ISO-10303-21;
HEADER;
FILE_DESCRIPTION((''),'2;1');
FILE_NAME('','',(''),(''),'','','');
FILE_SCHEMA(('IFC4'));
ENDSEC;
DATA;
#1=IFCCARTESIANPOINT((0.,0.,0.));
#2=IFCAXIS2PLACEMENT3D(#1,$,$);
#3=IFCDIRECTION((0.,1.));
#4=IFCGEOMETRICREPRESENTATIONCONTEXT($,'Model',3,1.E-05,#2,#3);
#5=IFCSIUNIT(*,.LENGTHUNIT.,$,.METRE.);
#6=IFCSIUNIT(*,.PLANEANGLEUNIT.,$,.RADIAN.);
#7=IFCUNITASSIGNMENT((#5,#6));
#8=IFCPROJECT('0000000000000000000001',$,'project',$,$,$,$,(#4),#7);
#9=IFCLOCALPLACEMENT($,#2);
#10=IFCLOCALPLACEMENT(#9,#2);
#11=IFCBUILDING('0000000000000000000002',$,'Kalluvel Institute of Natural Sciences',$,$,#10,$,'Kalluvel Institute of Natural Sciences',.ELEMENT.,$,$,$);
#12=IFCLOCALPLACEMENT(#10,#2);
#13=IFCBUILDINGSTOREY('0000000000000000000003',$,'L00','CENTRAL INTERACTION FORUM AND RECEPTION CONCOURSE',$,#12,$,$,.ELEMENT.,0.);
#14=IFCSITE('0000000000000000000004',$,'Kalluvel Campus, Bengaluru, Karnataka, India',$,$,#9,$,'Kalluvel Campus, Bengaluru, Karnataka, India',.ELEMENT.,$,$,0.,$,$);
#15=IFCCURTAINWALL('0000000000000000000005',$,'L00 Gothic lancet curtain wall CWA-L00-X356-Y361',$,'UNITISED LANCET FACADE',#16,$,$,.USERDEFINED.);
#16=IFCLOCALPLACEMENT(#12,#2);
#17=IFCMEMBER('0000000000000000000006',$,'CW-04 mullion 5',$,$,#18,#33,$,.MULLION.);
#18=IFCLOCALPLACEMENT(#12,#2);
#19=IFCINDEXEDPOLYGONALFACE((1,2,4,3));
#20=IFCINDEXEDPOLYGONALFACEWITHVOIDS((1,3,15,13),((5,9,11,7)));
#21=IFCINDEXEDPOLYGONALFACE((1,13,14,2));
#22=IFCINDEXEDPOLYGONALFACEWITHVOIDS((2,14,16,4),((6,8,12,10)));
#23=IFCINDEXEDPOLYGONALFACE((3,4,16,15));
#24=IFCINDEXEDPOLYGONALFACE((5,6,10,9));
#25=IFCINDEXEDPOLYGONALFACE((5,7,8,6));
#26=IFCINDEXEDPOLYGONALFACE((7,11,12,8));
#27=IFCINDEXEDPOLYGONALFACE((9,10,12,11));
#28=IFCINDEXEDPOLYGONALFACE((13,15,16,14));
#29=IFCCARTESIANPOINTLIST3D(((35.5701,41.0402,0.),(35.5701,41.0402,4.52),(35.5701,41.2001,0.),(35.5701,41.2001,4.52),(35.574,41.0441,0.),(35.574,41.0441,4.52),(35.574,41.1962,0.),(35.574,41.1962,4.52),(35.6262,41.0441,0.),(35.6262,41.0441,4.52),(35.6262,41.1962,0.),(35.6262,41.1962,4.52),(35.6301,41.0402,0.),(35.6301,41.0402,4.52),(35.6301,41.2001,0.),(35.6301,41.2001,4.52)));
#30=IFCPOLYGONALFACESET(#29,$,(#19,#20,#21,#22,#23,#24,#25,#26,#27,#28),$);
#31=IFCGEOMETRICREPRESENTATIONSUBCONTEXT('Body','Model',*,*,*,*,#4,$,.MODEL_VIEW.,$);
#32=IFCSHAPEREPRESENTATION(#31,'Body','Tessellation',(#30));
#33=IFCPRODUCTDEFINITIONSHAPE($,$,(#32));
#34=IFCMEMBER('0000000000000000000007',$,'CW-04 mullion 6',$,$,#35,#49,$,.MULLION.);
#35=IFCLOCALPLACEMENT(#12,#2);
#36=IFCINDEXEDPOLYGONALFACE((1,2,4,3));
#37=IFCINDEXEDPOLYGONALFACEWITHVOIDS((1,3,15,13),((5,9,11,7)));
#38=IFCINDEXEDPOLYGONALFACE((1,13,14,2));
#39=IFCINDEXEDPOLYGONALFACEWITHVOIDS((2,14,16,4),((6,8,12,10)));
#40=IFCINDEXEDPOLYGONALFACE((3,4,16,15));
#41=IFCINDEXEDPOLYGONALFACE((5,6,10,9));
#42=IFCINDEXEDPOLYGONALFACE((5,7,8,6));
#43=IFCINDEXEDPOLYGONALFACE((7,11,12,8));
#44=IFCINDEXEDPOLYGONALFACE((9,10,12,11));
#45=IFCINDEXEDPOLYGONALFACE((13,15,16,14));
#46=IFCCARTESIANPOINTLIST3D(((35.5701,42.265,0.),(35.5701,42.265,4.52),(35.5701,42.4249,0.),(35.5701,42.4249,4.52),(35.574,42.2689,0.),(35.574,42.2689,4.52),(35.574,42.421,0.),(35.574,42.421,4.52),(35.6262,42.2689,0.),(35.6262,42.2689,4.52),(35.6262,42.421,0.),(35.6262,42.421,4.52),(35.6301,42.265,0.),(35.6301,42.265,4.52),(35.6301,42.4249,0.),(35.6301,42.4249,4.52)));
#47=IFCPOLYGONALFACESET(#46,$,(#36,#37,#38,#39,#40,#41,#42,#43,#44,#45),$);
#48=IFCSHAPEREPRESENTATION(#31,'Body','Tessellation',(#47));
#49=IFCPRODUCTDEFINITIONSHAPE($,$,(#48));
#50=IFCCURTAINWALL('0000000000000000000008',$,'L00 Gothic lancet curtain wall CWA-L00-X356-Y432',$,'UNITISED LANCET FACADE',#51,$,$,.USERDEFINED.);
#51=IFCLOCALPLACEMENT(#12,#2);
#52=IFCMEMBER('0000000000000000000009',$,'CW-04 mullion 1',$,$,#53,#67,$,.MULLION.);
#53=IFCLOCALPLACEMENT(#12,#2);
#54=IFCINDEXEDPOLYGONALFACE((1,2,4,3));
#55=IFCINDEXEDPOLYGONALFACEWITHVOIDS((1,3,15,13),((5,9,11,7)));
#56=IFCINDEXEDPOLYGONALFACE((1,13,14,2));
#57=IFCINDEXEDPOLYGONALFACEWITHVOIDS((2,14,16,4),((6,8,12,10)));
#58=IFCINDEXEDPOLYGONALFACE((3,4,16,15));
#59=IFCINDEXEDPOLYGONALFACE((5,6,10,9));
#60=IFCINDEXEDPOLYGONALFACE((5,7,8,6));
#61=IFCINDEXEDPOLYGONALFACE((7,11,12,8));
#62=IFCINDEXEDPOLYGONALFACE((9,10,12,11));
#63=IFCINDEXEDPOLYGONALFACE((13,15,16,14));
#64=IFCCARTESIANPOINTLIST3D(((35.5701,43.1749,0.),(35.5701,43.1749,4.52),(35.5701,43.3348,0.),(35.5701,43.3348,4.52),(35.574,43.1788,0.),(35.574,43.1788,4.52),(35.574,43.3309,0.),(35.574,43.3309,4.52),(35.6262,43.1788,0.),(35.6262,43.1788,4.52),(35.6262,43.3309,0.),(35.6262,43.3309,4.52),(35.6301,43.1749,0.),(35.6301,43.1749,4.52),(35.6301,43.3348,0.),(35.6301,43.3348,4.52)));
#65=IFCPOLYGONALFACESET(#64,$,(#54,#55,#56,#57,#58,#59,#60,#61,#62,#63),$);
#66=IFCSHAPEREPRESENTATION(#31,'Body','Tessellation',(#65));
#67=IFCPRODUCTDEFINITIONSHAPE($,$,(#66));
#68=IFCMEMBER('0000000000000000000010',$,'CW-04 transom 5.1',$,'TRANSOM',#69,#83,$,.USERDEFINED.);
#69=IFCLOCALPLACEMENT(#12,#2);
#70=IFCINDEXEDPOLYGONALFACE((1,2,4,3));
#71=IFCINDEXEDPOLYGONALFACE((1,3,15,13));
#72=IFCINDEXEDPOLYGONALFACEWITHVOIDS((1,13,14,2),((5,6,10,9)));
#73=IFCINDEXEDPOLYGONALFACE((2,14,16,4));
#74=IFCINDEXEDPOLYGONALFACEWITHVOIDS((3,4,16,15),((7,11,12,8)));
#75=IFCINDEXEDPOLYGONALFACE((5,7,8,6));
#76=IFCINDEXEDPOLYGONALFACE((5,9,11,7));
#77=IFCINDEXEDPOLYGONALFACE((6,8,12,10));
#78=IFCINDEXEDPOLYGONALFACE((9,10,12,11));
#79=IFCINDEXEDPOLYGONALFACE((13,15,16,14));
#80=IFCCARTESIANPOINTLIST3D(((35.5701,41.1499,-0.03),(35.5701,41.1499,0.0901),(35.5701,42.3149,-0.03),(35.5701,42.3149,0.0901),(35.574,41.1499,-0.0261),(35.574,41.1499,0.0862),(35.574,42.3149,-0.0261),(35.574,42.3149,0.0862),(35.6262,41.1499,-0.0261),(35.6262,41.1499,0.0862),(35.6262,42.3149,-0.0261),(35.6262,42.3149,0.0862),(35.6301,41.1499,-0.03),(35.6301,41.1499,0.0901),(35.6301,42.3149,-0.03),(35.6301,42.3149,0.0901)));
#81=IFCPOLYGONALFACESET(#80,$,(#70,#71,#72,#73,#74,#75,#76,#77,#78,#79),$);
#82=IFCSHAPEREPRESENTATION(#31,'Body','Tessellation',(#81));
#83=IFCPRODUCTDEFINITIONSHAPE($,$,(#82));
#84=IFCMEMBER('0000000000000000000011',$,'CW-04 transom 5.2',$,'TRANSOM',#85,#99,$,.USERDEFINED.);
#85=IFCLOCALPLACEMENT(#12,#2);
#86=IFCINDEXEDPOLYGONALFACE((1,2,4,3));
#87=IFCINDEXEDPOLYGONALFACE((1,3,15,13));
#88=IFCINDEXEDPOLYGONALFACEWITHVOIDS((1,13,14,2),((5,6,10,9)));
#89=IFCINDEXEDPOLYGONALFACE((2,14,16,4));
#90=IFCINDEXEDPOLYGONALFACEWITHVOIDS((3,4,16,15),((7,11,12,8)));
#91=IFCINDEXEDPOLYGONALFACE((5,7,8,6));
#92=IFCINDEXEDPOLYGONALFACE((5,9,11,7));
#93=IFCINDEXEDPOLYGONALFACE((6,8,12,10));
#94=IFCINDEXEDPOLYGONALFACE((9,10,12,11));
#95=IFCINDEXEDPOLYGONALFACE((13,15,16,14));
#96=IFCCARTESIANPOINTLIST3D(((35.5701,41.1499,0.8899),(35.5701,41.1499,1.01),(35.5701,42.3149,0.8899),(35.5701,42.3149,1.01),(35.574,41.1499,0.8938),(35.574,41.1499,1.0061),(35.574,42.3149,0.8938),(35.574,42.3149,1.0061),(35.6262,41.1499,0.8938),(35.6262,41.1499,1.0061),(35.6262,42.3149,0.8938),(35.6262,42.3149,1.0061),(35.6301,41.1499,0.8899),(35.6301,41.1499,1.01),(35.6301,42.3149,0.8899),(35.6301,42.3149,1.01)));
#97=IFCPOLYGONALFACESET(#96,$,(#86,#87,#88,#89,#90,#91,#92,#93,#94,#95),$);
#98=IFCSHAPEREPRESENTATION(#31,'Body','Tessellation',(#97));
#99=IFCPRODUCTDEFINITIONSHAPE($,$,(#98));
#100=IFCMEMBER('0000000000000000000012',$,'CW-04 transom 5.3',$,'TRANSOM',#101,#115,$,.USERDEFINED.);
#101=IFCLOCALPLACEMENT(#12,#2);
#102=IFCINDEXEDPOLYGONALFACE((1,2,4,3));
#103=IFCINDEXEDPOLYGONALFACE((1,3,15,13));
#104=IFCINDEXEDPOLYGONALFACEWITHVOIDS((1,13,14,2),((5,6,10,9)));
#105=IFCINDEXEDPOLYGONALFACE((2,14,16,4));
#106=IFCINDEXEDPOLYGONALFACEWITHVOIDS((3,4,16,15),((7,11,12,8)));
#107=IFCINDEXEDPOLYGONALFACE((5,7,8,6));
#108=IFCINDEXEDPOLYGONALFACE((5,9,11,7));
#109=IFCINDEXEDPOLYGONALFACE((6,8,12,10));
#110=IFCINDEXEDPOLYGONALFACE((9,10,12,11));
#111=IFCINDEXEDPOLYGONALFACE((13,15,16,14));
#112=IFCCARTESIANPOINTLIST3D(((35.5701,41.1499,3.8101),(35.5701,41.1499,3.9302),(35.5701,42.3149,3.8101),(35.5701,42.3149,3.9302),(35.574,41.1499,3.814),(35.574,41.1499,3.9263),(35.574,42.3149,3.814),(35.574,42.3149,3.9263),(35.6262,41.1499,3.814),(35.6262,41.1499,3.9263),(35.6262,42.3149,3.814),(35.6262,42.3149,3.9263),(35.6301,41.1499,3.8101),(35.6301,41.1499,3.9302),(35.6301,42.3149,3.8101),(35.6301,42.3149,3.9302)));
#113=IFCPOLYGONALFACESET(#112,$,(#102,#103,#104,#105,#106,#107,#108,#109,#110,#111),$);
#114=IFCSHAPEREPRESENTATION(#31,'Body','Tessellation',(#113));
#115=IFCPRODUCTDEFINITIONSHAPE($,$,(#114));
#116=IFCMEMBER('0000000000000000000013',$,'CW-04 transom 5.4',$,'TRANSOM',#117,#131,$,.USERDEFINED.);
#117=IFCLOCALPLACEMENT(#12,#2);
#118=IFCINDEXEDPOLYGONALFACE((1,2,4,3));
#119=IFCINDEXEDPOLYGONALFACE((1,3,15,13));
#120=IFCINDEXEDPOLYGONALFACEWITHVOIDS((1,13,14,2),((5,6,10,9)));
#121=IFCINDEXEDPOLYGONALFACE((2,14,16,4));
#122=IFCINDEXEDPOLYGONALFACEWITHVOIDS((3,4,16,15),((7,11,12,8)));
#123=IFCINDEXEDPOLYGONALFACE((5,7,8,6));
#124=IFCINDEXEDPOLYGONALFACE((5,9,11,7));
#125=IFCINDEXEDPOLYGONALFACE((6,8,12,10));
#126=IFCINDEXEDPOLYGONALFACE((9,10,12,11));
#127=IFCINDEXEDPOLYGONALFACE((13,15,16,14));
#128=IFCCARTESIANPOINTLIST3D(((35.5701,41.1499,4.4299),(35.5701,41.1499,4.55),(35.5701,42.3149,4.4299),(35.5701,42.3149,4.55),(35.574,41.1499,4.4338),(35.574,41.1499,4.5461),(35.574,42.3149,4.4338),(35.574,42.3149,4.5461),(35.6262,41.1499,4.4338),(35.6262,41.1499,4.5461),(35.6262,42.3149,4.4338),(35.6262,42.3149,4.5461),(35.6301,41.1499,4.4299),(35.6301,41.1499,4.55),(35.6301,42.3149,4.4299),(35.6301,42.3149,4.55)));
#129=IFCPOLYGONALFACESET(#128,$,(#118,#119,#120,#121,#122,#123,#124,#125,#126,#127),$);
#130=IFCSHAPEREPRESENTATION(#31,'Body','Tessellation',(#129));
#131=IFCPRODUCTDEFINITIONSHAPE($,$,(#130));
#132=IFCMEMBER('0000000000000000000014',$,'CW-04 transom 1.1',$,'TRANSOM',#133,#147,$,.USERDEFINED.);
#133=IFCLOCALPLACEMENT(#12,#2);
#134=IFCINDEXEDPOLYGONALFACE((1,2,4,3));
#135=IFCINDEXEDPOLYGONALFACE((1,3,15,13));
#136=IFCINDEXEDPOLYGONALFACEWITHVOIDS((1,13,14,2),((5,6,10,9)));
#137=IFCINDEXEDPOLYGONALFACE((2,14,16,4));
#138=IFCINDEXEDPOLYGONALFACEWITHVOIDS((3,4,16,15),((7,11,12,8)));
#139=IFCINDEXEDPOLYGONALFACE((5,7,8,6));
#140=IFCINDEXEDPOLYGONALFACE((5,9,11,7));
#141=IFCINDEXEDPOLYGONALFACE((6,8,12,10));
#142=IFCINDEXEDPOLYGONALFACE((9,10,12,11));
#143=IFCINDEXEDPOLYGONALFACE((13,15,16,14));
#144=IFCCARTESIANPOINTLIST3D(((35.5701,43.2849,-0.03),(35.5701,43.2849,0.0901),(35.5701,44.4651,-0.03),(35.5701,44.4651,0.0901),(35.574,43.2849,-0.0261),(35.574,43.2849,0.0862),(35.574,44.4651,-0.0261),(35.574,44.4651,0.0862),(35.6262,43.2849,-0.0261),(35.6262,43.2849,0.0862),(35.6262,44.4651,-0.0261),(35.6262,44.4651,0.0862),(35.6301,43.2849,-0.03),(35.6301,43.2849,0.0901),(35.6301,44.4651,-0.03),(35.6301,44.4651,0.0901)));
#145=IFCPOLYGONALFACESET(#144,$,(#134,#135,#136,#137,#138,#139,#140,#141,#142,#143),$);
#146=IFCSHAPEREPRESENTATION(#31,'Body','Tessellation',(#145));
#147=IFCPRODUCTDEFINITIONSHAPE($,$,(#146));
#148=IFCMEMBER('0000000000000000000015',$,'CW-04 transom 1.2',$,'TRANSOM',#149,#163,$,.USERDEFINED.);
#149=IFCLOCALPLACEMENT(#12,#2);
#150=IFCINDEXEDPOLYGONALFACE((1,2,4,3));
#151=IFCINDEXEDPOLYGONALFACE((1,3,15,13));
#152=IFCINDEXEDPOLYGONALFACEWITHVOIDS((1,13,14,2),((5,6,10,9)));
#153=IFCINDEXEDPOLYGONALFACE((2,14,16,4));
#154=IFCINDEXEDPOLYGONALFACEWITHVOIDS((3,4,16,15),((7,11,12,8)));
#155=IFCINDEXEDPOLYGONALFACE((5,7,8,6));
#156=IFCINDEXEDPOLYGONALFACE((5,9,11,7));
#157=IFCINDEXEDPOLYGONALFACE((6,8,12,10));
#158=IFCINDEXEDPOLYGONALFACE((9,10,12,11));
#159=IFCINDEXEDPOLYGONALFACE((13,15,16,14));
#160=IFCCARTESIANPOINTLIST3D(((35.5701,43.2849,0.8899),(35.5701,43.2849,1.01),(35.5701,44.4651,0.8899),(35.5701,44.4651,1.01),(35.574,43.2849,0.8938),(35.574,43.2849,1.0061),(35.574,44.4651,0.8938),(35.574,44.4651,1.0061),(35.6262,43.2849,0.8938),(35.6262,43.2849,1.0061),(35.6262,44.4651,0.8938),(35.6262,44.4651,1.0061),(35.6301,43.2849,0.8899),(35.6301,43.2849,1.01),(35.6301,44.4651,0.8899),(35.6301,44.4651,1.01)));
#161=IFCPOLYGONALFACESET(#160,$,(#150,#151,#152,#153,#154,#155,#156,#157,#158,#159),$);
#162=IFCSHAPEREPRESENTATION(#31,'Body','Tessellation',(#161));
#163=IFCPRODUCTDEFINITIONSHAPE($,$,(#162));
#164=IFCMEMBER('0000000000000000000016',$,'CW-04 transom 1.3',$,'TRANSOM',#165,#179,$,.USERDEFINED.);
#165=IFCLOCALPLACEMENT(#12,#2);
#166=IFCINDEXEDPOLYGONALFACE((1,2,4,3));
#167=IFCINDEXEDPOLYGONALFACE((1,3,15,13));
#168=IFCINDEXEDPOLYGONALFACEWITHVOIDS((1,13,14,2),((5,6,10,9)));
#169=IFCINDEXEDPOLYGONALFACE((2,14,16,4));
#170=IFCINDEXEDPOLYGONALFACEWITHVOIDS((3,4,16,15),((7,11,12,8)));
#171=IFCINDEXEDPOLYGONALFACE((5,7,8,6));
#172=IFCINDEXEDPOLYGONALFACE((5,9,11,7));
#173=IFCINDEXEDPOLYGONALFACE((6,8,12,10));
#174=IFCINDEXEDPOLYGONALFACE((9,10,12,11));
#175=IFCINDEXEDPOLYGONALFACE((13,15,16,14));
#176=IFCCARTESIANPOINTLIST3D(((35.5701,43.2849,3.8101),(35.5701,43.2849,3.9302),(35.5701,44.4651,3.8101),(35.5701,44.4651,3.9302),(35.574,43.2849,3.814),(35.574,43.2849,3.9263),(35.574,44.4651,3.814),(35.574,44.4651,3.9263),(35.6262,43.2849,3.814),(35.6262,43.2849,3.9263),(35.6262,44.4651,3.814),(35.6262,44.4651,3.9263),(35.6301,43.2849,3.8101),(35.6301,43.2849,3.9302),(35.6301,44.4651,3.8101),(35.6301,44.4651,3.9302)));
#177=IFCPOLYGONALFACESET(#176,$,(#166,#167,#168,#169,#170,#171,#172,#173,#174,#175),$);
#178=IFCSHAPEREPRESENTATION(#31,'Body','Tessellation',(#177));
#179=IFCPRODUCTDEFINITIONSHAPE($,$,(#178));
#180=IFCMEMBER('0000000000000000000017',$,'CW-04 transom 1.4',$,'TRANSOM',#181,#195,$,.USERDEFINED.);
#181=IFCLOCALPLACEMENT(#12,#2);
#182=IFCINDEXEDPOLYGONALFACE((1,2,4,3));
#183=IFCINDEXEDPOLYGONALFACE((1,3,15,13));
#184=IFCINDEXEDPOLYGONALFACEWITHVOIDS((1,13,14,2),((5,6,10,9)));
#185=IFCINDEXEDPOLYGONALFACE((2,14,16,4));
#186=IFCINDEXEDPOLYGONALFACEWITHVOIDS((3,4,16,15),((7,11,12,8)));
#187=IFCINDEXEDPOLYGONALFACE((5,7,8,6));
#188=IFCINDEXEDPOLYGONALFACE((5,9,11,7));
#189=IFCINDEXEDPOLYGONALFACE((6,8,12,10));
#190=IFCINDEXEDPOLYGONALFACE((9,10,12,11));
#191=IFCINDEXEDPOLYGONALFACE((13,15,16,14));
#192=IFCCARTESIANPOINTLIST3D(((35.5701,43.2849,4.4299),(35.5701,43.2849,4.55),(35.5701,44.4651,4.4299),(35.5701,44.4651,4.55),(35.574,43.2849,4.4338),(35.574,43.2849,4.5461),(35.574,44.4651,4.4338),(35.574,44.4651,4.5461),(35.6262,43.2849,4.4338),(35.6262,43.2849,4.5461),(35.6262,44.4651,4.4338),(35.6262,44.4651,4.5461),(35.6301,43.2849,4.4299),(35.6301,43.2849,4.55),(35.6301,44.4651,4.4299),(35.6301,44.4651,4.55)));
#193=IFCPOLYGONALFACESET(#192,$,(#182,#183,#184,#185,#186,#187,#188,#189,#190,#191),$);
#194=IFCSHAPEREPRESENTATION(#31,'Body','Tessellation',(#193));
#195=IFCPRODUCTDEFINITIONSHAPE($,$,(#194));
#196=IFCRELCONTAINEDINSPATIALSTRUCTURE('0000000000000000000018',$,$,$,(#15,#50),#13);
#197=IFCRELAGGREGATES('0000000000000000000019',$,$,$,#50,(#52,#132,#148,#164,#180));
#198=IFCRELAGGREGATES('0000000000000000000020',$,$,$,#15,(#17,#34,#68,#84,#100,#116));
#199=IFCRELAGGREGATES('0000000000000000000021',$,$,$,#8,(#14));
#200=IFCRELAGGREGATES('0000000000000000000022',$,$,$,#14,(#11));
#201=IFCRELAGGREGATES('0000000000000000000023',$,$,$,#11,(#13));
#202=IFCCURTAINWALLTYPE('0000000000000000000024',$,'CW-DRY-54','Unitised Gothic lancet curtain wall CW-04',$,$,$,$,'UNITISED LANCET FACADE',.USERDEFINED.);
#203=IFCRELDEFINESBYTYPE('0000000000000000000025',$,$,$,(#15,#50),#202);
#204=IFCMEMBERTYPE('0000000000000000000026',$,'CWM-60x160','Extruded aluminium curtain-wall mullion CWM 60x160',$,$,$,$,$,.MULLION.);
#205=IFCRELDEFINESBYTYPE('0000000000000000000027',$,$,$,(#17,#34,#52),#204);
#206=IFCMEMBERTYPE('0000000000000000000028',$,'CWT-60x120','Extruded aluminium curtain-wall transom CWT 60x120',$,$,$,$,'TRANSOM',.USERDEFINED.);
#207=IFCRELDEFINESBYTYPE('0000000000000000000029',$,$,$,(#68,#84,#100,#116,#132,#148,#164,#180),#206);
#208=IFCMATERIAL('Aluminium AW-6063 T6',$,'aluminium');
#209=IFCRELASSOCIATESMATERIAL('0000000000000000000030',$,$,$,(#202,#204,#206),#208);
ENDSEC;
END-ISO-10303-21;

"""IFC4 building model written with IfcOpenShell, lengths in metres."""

from ifc_helpers import new_model, si_unit, direction, frame, origin, origin_2d, place, context, subcontext, project, spatial, hollow_rectangle, extrude, material, material_profile, profile_set, type_object, element, aggregate, save


model = new_model("IFC4")

# Units and contexts
model_context = context("Model", 3, precision=1e-05, world=origin(), true_north=direction((0.0, 1.0)))
body_context = subcontext(model_context, "Body", "Model", "MODEL_VIEW")
ifc_project = project(units=[si_unit("LENGTHUNIT", "METRE"), si_unit("PLANEANGLEUNIT", "RADIAN")], contexts=[model_context])

# Site, building, storey
site_placement = place(None, origin())
site = spatial("IfcSite", under=ifc_project, at=site_placement, Name="Kalluvel Campus, Bengaluru, Karnataka, India", LongName="Kalluvel Campus, Bengaluru, Karnataka, India", CompositionType="ELEMENT", RefElevation=0.0)
building_placement = place(site_placement, origin())
building = spatial("IfcBuilding", under=site, at=building_placement, Name="Kalluvel Institute of Natural Sciences", LongName="Kalluvel Institute of Natural Sciences", CompositionType="ELEMENT")
storey_placement = place(building_placement, origin())
storey = spatial("IfcBuildingStorey", under=building, at=storey_placement, Name="L00", Description="CENTRAL INTERACTION FORUM AND RECEPTION CONCOURSE", CompositionType="ELEMENT", Elevation=0.0)

# Curtain wall, members
ifc_material_1 = material(Name="Aluminium AW-6063 T6", Category="aluminium")
curtain_wall_type = type_object("IfcCurtainWallType", Name="CW-DRY-54", Description="Unitised Gothic lancet curtain wall CW-04", ElementType="UNITISED LANCET FACADE", PredefinedType="USERDEFINED", material=ifc_material_1)
curtain_wall_1_placement = place(storey_placement, origin())
curtain_wall_1 = element("IfcCurtainWall", 1, at=curtain_wall_1_placement, inside=storey, type_object=curtain_wall_type, Name="L00 Gothic lancet curtain wall CWA-L00-X356-Y361", ObjectType="UNITISED LANCET FACADE", PredefinedType="USERDEFINED")
ifc_material_profile_1 = material_profile(ifc_material_1, hollow_rectangle(XDim=0.0601, YDim=0.1599, WallThickness=0.0039, at=origin_2d()), Name="CWM 60x160")
ifc_profile_set_1 = profile_set([ifc_material_profile_1], Name="Aluminium AW-6063 T6")
member_type_1 = type_object("IfcMemberType", Name="CWM-60x160", Description="Extruded aluminium curtain-wall mullion CWM 60x160", PredefinedType="MULLION", material=ifc_profile_set_1)
member_1_placement = place(storey_placement, frame((35.6001, 41.1201, 0.0), z_axis=(0.0, 0.0, 1.0), x_axis=(-1.0, 0.0, 0.0)))
member_1 = element("IfcMember", 2, at=member_1_placement, type_object=member_type_1, Name="CW-04 mullion 5", PredefinedType="MULLION", context=body_context, shape_type="SweptSolid", body=[
    extrude(hollow_rectangle(XDim=0.0601, YDim=0.1599, WallThickness=0.0039, at=origin_2d()), origin(), (0.0, 0.0, 1.0), 4.52),
])
member_2_placement = place(storey_placement, frame((35.6001, 42.345, 0.0), z_axis=(0.0, 0.0, 1.0), x_axis=(-1.0, 0.0, 0.0)))
member_2 = element("IfcMember", 3, at=member_2_placement, type_object=member_type_1, Name="CW-04 mullion 6", PredefinedType="MULLION", context=body_context, shape_type="SweptSolid", body=[
    extrude(hollow_rectangle(XDim=0.0601, YDim=0.1599, WallThickness=0.0039, at=origin_2d()), origin(), (0.0, 0.0, 1.0), 4.52),
])

# Curtain wall, member
curtain_wall_2_placement = place(storey_placement, origin())
curtain_wall_2 = element("IfcCurtainWall", 4, at=curtain_wall_2_placement, inside=storey, type_object=curtain_wall_type, Name="L00 Gothic lancet curtain wall CWA-L00-X356-Y432", ObjectType="UNITISED LANCET FACADE", PredefinedType="USERDEFINED")
member_3_placement = place(storey_placement, frame((35.6001, 43.2549, 0.0), z_axis=(0.0, 0.0, 1.0), x_axis=(-1.0, 0.0, 0.0)))
member_3 = element("IfcMember", 5, at=member_3_placement, type_object=member_type_1, Name="CW-04 mullion 1", PredefinedType="MULLION", context=body_context, shape_type="SweptSolid", body=[
    extrude(hollow_rectangle(XDim=0.0601, YDim=0.1599, WallThickness=0.0039, at=origin_2d()), origin(), (0.0, 0.0, 1.0), 4.52),
])

# Members
ifc_material_profile_2 = material_profile(ifc_material_1, hollow_rectangle(XDim=0.0601, YDim=0.1201, WallThickness=0.0039, at=origin_2d()), Name="CWT 60x120")
ifc_profile_set_2 = profile_set([ifc_material_profile_2], Name="Aluminium AW-6063 T6")
member_type_2 = type_object("IfcMemberType", Name="CWT-60x120", Description="Extruded aluminium curtain-wall transom CWT 60x120", ElementType="TRANSOM", PredefinedType="USERDEFINED", material=ifc_profile_set_2)
member_4_placement = place(storey_placement, frame((35.6001, 41.1499, 0.03), z_axis=(0.0, 1.0, 0.0), x_axis=(-1.0, 0.0, 0.0)))
member_4 = element("IfcMember", 6, at=member_4_placement, type_object=member_type_2, Name="CW-04 transom 5.1", ObjectType="TRANSOM", PredefinedType="USERDEFINED", context=body_context, shape_type="SweptSolid", body=[
    extrude(hollow_rectangle(XDim=0.0601, YDim=0.1201, WallThickness=0.0039, at=origin_2d()), origin(), (0.0, 0.0, 1.0), 1.165),
])
member_5_placement = place(storey_placement, frame((35.6001, 41.1499, 0.95), z_axis=(0.0, 1.0, 0.0), x_axis=(-1.0, 0.0, 0.0)))
member_5 = element("IfcMember", 7, at=member_5_placement, type_object=member_type_2, Name="CW-04 transom 5.2", ObjectType="TRANSOM", PredefinedType="USERDEFINED", context=body_context, shape_type="SweptSolid", body=[
    extrude(hollow_rectangle(XDim=0.0601, YDim=0.1201, WallThickness=0.0039, at=origin_2d()), origin(), (0.0, 0.0, 1.0), 1.165),
])
member_6_placement = place(storey_placement, frame((35.6001, 41.1499, 3.8701), z_axis=(0.0, 1.0, 0.0), x_axis=(-1.0, 0.0, 0.0)))
member_6 = element("IfcMember", 8, at=member_6_placement, type_object=member_type_2, Name="CW-04 transom 5.3", ObjectType="TRANSOM", PredefinedType="USERDEFINED", context=body_context, shape_type="SweptSolid", body=[
    extrude(hollow_rectangle(XDim=0.0601, YDim=0.1201, WallThickness=0.0039, at=origin_2d()), origin(), (0.0, 0.0, 1.0), 1.165),
])
member_7_placement = place(storey_placement, frame((35.6001, 41.1499, 4.49), z_axis=(0.0, 1.0, 0.0), x_axis=(-1.0, 0.0, 0.0)))
member_7 = element("IfcMember", 9, at=member_7_placement, type_object=member_type_2, Name="CW-04 transom 5.4", ObjectType="TRANSOM", PredefinedType="USERDEFINED", context=body_context, shape_type="SweptSolid", body=[
    extrude(hollow_rectangle(XDim=0.0601, YDim=0.1201, WallThickness=0.0039, at=origin_2d()), origin(), (0.0, 0.0, 1.0), 1.165),
])
member_8_placement = place(storey_placement, frame((35.6001, 43.2849, 0.03), z_axis=(0.0, 1.0, 0.0), x_axis=(-1.0, 0.0, 0.0)))
member_8 = element("IfcMember", 10, at=member_8_placement, type_object=member_type_2, Name="CW-04 transom 1.1", ObjectType="TRANSOM", PredefinedType="USERDEFINED", context=body_context, shape_type="SweptSolid", body=[
    extrude(hollow_rectangle(XDim=0.0601, YDim=0.1201, WallThickness=0.0039, at=origin_2d()), origin(), (0.0, 0.0, 1.0), 1.1802),
])
member_9_placement = place(storey_placement, frame((35.6001, 43.2849, 0.95), z_axis=(0.0, 1.0, 0.0), x_axis=(-1.0, 0.0, 0.0)))
member_9 = element("IfcMember", 11, at=member_9_placement, type_object=member_type_2, Name="CW-04 transom 1.2", ObjectType="TRANSOM", PredefinedType="USERDEFINED", context=body_context, shape_type="SweptSolid", body=[
    extrude(hollow_rectangle(XDim=0.0601, YDim=0.1201, WallThickness=0.0039, at=origin_2d()), origin(), (0.0, 0.0, 1.0), 1.1802),
])
member_10_placement = place(storey_placement, frame((35.6001, 43.2849, 3.8701), z_axis=(0.0, 1.0, 0.0), x_axis=(-1.0, 0.0, 0.0)))
member_10 = element("IfcMember", 12, at=member_10_placement, type_object=member_type_2, Name="CW-04 transom 1.3", ObjectType="TRANSOM", PredefinedType="USERDEFINED", context=body_context, shape_type="SweptSolid", body=[
    extrude(hollow_rectangle(XDim=0.0601, YDim=0.1201, WallThickness=0.0039, at=origin_2d()), origin(), (0.0, 0.0, 1.0), 1.1802),
])
member_11_placement = place(storey_placement, frame((35.6001, 43.2849, 4.49), z_axis=(0.0, 1.0, 0.0), x_axis=(-1.0, 0.0, 0.0)))
member_11 = element("IfcMember", 13, at=member_11_placement, type_object=member_type_2, Name="CW-04 transom 1.4", ObjectType="TRANSOM", PredefinedType="USERDEFINED", context=body_context, shape_type="SweptSolid", body=[
    extrude(hollow_rectangle(XDim=0.0601, YDim=0.1201, WallThickness=0.0039, at=origin_2d()), origin(), (0.0, 0.0, 1.0), 1.1802),
])
aggregate(curtain_wall_2, [member_3, member_8, member_9, member_10, member_11])

aggregate(curtain_wall_1, [member_1, member_2, member_4, member_5, member_6, member_7])

save(model, "model.ifc")
